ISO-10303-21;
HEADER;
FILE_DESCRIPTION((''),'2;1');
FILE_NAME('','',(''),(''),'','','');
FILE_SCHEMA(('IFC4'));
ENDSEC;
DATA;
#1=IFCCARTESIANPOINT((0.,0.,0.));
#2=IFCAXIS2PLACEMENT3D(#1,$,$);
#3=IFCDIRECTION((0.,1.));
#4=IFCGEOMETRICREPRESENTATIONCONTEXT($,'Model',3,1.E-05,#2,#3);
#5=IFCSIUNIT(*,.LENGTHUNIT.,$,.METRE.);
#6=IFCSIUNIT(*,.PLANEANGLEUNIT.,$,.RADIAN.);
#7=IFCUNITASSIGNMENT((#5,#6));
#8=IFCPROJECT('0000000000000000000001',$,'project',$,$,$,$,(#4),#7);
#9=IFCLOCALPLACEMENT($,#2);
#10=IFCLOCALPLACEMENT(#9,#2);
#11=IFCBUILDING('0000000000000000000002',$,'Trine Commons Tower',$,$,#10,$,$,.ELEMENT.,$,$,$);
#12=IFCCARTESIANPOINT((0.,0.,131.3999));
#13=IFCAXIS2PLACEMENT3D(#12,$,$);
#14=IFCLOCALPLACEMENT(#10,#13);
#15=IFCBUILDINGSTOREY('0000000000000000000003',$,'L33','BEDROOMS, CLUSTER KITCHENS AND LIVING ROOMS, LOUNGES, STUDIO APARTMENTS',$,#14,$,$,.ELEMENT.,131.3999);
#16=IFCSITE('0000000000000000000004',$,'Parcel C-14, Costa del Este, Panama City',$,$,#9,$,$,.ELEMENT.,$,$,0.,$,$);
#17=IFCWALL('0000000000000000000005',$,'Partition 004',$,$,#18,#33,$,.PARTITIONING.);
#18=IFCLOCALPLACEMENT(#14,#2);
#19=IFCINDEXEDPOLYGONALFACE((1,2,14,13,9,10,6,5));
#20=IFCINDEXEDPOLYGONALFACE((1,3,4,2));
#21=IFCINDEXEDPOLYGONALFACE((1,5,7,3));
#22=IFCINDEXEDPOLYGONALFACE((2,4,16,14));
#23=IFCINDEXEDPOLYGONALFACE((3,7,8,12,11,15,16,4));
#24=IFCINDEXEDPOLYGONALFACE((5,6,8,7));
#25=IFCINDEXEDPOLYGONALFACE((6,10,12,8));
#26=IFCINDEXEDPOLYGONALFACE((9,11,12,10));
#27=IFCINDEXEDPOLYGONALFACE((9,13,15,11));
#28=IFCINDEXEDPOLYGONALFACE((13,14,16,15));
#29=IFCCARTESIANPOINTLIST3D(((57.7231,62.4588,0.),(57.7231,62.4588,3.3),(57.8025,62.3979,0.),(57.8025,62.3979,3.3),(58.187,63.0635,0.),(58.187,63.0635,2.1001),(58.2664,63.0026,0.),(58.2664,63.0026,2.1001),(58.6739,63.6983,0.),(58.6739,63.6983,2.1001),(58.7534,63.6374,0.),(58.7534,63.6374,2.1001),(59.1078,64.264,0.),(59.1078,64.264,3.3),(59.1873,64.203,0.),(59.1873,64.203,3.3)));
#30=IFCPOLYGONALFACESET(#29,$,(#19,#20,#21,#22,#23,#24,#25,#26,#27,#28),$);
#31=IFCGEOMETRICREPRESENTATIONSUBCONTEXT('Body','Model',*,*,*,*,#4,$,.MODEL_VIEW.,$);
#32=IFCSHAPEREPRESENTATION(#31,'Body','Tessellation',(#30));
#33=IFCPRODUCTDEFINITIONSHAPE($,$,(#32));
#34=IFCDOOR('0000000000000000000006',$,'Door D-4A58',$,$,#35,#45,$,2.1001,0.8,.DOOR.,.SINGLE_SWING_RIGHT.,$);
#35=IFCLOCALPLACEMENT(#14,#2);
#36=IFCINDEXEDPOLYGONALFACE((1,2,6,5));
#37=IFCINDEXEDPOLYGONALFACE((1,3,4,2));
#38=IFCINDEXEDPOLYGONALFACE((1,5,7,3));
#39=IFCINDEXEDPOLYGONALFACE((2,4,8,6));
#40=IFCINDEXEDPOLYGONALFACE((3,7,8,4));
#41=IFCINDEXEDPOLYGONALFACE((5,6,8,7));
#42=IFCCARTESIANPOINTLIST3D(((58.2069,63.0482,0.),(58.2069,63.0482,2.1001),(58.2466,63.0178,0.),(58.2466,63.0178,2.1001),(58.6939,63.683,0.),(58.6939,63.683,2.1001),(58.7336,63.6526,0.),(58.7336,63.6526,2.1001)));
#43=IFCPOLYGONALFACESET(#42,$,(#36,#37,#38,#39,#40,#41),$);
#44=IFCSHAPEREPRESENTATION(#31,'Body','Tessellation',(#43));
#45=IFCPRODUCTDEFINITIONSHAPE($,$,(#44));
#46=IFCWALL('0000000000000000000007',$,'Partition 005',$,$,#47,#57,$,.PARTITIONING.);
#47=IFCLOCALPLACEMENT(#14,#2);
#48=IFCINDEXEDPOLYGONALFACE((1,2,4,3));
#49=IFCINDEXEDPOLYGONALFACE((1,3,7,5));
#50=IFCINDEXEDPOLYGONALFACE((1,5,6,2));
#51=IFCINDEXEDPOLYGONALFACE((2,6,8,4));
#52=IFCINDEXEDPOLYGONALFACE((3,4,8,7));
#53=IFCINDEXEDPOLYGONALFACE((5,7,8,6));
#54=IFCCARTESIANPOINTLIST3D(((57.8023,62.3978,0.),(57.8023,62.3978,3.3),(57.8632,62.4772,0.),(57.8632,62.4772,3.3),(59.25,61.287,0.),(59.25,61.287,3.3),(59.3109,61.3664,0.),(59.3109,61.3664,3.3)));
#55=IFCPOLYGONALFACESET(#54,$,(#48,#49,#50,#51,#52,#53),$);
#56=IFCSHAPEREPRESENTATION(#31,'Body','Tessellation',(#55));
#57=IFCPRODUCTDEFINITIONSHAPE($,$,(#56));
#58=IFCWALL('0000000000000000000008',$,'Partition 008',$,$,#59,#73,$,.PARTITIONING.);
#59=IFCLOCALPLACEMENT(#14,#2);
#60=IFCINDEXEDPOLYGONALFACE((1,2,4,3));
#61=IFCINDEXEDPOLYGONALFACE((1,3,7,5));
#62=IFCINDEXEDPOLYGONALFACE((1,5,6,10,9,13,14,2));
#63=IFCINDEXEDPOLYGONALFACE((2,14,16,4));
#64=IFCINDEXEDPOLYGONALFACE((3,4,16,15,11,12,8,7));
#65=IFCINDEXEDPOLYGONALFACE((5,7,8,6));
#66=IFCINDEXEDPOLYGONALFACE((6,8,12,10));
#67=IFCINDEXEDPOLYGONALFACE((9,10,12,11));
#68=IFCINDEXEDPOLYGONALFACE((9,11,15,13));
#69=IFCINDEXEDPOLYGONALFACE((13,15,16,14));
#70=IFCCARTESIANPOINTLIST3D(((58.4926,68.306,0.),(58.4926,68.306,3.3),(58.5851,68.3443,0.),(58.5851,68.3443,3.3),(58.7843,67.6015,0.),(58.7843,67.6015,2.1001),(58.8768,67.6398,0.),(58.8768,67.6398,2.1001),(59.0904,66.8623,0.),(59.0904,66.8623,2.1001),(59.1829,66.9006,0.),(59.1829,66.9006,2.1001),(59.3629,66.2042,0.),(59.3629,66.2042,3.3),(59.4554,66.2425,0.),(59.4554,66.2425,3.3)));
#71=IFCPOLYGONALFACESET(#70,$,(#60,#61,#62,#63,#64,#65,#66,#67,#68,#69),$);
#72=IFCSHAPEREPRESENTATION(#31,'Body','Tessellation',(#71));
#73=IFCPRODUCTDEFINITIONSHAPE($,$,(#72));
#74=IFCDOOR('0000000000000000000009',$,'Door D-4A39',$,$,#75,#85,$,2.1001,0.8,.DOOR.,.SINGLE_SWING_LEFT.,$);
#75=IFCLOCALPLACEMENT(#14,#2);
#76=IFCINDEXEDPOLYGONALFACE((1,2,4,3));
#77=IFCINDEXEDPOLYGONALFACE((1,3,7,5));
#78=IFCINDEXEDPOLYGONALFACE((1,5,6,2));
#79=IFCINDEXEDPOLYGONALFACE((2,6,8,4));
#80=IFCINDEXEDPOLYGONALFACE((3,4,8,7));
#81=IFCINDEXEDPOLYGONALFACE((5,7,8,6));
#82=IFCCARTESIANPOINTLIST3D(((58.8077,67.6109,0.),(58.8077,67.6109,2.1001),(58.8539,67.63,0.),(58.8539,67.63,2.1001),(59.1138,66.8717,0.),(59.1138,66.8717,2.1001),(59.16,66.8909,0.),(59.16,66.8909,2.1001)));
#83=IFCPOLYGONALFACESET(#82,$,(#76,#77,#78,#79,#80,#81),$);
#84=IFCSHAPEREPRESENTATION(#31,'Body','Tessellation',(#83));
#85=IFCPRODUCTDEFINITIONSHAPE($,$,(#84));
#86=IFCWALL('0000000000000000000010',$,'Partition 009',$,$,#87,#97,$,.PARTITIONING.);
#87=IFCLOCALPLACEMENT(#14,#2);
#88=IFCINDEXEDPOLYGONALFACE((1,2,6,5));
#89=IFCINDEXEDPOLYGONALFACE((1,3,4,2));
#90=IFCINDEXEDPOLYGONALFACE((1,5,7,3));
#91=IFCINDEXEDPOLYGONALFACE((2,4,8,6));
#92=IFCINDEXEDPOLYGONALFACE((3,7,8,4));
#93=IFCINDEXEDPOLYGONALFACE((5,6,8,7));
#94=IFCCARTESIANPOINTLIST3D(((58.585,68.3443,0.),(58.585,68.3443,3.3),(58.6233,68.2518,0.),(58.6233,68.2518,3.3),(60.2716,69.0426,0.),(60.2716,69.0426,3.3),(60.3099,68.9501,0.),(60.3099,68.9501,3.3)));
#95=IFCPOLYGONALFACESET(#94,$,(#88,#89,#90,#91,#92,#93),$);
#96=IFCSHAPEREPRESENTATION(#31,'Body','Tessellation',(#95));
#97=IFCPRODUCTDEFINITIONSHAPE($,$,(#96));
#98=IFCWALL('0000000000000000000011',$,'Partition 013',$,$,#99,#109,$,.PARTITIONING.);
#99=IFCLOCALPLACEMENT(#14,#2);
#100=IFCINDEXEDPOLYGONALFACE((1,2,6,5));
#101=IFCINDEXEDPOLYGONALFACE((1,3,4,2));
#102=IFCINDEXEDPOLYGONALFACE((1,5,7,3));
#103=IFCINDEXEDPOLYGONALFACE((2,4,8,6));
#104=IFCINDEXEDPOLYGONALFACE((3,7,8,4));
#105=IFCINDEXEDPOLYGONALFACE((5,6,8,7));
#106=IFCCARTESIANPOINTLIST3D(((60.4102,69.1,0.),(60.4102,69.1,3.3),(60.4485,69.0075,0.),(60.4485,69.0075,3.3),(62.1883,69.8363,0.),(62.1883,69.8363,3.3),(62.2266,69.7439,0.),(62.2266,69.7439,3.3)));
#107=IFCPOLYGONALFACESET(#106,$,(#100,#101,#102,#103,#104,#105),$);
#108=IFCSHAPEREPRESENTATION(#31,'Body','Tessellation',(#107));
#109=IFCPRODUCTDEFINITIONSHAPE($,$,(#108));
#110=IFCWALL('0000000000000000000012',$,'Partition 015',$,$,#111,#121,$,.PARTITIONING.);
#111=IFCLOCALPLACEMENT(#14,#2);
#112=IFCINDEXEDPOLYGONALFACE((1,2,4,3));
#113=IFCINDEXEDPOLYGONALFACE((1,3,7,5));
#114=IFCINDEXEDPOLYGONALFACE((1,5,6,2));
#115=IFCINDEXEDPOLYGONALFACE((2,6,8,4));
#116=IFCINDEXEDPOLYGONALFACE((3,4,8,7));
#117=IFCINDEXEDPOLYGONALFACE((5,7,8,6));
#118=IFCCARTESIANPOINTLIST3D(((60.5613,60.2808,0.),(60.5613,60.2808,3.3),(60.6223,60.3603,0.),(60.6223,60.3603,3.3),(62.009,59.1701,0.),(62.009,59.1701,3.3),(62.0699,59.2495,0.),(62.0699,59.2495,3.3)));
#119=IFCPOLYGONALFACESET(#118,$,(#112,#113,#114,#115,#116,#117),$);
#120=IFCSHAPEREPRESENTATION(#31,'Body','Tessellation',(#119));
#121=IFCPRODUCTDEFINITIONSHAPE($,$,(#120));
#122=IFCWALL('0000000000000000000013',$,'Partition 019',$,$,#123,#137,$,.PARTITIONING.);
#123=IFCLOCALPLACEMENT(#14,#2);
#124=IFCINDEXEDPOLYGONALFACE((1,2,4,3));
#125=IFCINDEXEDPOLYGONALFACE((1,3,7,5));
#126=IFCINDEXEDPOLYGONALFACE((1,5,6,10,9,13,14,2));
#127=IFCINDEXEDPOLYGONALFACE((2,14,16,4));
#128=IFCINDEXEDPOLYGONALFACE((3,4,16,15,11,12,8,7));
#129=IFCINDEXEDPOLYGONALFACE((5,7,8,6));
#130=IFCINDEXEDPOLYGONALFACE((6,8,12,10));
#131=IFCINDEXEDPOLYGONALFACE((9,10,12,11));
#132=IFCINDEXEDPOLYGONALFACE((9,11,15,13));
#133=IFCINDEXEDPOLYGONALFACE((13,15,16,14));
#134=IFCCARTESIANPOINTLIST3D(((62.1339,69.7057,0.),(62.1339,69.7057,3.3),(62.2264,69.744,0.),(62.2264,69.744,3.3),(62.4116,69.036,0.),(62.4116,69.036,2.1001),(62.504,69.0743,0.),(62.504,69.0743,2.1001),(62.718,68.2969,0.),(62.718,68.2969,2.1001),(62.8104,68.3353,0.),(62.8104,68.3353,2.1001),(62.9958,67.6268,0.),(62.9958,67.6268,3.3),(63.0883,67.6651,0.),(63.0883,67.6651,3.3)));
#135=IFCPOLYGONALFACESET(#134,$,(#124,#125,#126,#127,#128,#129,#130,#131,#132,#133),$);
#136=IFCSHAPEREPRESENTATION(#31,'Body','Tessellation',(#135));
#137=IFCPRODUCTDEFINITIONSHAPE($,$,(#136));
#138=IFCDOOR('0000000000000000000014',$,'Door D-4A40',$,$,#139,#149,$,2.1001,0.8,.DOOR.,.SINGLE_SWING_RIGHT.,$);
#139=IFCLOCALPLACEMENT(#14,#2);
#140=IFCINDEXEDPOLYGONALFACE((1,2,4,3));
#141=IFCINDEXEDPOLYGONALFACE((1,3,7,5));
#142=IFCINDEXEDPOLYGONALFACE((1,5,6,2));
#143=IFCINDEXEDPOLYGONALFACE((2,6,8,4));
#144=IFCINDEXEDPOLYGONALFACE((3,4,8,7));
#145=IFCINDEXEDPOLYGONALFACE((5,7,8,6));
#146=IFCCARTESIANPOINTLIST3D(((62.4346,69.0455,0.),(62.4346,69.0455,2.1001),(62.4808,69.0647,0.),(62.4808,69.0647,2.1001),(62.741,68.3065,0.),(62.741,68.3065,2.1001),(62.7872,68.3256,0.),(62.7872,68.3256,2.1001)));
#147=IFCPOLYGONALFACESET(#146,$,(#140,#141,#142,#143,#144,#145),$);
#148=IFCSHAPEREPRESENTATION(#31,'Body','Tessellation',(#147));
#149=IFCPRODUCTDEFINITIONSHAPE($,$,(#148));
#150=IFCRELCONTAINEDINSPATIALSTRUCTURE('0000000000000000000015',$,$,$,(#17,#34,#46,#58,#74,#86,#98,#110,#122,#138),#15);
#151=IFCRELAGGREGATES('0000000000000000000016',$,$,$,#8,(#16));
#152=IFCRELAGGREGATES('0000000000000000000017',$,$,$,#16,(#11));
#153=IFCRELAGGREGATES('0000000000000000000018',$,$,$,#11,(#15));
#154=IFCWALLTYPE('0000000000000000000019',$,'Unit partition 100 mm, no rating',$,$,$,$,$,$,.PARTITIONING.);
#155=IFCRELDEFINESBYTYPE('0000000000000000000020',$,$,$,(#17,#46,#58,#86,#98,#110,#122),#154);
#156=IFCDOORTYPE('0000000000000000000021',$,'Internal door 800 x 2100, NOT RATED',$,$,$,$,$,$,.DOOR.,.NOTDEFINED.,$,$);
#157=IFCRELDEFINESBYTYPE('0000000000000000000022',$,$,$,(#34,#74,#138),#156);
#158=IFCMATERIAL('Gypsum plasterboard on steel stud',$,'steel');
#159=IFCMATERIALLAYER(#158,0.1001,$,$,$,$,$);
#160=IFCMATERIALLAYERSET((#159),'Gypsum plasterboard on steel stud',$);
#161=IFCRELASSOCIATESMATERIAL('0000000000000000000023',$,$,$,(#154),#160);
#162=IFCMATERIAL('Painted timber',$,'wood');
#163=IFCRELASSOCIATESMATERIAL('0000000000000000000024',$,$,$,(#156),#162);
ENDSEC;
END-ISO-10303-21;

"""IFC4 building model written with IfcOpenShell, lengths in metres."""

from ifc_helpers import new_model, si_unit, direction, frame, frame_2d, origin, place, context, subcontext, project, spatial, rectangle, extrude, material, layer, layer_set, type_object, element, fill, save


model = new_model("IFC4")

# Units and contexts
model_context = context("Model", 3, precision=1e-05, world=origin(), true_north=direction((0.0, 1.0)))
body_context = subcontext(model_context, "Body", "Model", "MODEL_VIEW")
ifc_project = project(units=[si_unit("LENGTHUNIT", "METRE"), si_unit("PLANEANGLEUNIT", "RADIAN")], contexts=[model_context])

# Site, building, storey
site_placement = place(None, origin())
site = spatial("IfcSite", under=ifc_project, at=site_placement, Name="Parcel C-14, Costa del Este, Panama City", CompositionType="ELEMENT", RefElevation=0.0)
building_placement = place(site_placement, origin())
building = spatial("IfcBuilding", under=site, at=building_placement, Name="Trine Commons Tower", CompositionType="ELEMENT")
storey_placement = place(building_placement, frame((0.0, 0.0, 131.3999)))
storey = spatial("IfcBuildingStorey", under=building, at=storey_placement, Name="L33", Description="BEDROOMS, CLUSTER KITCHENS AND LIVING ROOMS, LOUNGES, STUDIO APARTMENTS", CompositionType="ELEMENT", Elevation=131.3999)

# Shared definitions
ifc_material_1 = material(Name="Gypsum plasterboard on steel stud", Category="steel")

# Shared definitions
ifc_material_2 = material(Name="Painted timber", Category="wood")

# Wall, opening, door
ifc_layer_1 = layer(ifc_material_1, 0.1001)
ifc_layer_set_1 = layer_set([ifc_layer_1], Name="Gypsum plasterboard on steel stud")
wall_type_1 = type_object("IfcWallType", Name="Unit partition 100 mm, no rating", PredefinedType="PARTITIONING", material=ifc_layer_set_1)
wall_1_placement = place(storey_placement, frame((57.7627, 62.4282, 0.0), z_axis=(0.0, 0.0, 1.0), x_axis=(0.608652, 0.793437, 0.0)))
wall_1 = element("IfcWall", 1, at=wall_1_placement, inside=storey, type_object=wall_type_1, Name="Partition 004", PredefinedType="PARTITIONING", context=body_context, shape_type="SweptSolid", body=[
    extrude(rectangle(XDim=2.2751, YDim=0.1001, at=frame_2d((1.1377, 0.0))), origin(), (0.0, 0.0, 1.0), 3.3),
])
opening_1_placement = place(wall_1_placement, frame((0.7625, 0.0, 0.0)))
opening_1 = element("IfcOpeningElement", 2, at=opening_1_placement, cuts=wall_1, PredefinedType="OPENING", context=body_context, shape_type="SweptSolid", body=[
    extrude(rectangle(XDim=0.8, YDim=2.1001, at=frame_2d((0.3999, 1.05))), frame((0.0, 0.0601, 0.0), z_axis=(0.0, -1.0, 0.0), x_axis=(1.0, 0.0, 0.0)), (0.0, 0.0, 1.0), 0.1201),
])
door_type_1 = type_object("IfcDoorType", Name="Internal door 800 x 2100, NOT RATED", OperationType="NOTDEFINED", PredefinedType="DOOR", material=ifc_material_2)
door_1_placement = place(opening_1_placement, origin())
door_1 = element("IfcDoor", 3, at=door_1_placement, inside=storey, type_object=door_type_1, Name="Door D-4A58", OperationType="SINGLE_SWING_RIGHT", OverallHeight=2.1001, OverallWidth=0.8, PredefinedType="DOOR", context=body_context, shape_type="SweptSolid", body=[
    extrude(rectangle(XDim=0.8, YDim=2.1001, at=frame_2d((0.3999, 1.05))), frame((0.0, 0.0249, 0.0), z_axis=(0.0, -1.0, 0.0), x_axis=(1.0, 0.0, 0.0)), (0.0, 0.0, 1.0), 0.05),
])
fill(opening_1, door_1)

# Wall
wall_2_placement = place(storey_placement, frame((57.8328, 62.4375, 0.0), z_axis=(0.0, 0.0, 1.0), x_axis=(0.793369, -0.60874, 0.0)))
element("IfcWall", 4, at=wall_2_placement, inside=storey, type_object=wall_type_1, Name="Partition 005", PredefinedType="PARTITIONING", context=body_context, shape_type="SweptSolid", body=[
    extrude(rectangle(XDim=1.8247, YDim=0.1001, at=frame_2d((0.9124, 0.0))), origin(), (0.0, 0.0, 1.0), 3.3),
])

# Wall, opening, door
wall_3_placement = place(storey_placement, frame((58.5388, 68.3252, 0.0), z_axis=(0.0, 0.0, 1.0), x_axis=(0.382595, -0.923916, 0.0)))
wall_3 = element("IfcWall", 5, at=wall_3_placement, inside=storey, type_object=wall_type_1, Name="Partition 008", PredefinedType="PARTITIONING", context=body_context, shape_type="SweptSolid", body=[
    extrude(rectangle(XDim=2.2749, YDim=0.1001, at=frame_2d((1.1375, 0.0))), origin(), (0.0, 0.0, 1.0), 3.3),
])
opening_2_placement = place(wall_3_placement, frame((0.7627, 0.0, 0.0)))
opening_2 = element("IfcOpeningElement", 6, at=opening_2_placement, cuts=wall_3, PredefinedType="OPENING", context=body_context, shape_type="SweptSolid", body=[
    extrude(rectangle(XDim=0.8, YDim=2.1001, at=frame_2d((0.3999, 1.05))), frame((0.0, 0.0601, 0.0), z_axis=(0.0, -1.0, 0.0), x_axis=(1.0, 0.0, 0.0)), (0.0, 0.0, 1.0), 0.1201),
])
door_2_placement = place(opening_2_placement, frame((0.8, 0.0, 0.0), z_axis=(0.0, 0.0, 1.0), x_axis=(-1.0, 0.0, 0.0)))
door_2 = element("IfcDoor", 7, at=door_2_placement, inside=storey, type_object=door_type_1, Name="Door D-4A39", OperationType="SINGLE_SWING_LEFT", OverallHeight=2.1001, OverallWidth=0.8, PredefinedType="DOOR", context=body_context, shape_type="SweptSolid", body=[
    extrude(rectangle(XDim=0.8, YDim=2.1001, at=frame_2d((0.3999, 1.05))), frame((0.0, 0.0249, 0.0), z_axis=(0.0, -1.0, 0.0), x_axis=(1.0, 0.0, 0.0)), (0.0, 0.0, 1.0), 0.05),
])
fill(opening_2, door_2)

# Walls
wall_4_placement = place(storey_placement, frame((58.6042, 68.2981, 0.0), z_axis=(0.0, 0.0, 1.0), x_axis=(0.923945, 0.382525, 0.0)))
element("IfcWall", 8, at=wall_4_placement, inside=storey, type_object=wall_type_1, Name="Partition 009", PredefinedType="PARTITIONING", context=body_context, shape_type="SweptSolid", body=[
    extrude(rectangle(XDim=1.8254, YDim=0.1001, at=frame_2d((0.9126, 0.0))), origin(), (0.0, 0.0, 1.0), 3.3),
])
wall_5_placement = place(storey_placement, frame((60.4292, 69.0537, 0.0), z_axis=(0.0, 0.0, 1.0), x_axis=(0.923912, 0.382606, 0.0)))
element("IfcWall", 9, at=wall_5_placement, inside=storey, type_object=wall_type_1, Name="Partition 013", PredefinedType="PARTITIONING", context=body_context, shape_type="SweptSolid", body=[
    extrude(rectangle(XDim=1.9246, YDim=0.1001, at=frame_2d((0.9624, 0.0))), origin(), (0.0, 0.0, 1.0), 3.3),
])
wall_6_placement = place(storey_placement, frame((60.5918, 60.3206, 0.0), z_axis=(0.0, 0.0, 1.0), x_axis=(0.793369, -0.60874, 0.0)))
element("IfcWall", 10, at=wall_6_placement, inside=storey, type_object=wall_type_1, Name="Partition 015", PredefinedType="PARTITIONING", context=body_context, shape_type="SweptSolid", body=[
    extrude(rectangle(XDim=1.8247, YDim=0.1001, at=frame_2d((0.9124, 0.0))), origin(), (0.0, 0.0, 1.0), 3.3),
])

# Wall, opening, door
wall_7_placement = place(storey_placement, frame((62.1802, 69.7249, 0.0), z_axis=(0.0, 0.0, 1.0), x_axis=(0.382959, -0.923766, 0.0)))
wall_7 = element("IfcWall", 11, at=wall_7_placement, inside=storey, type_object=wall_type_1, Name="Partition 019", PredefinedType="PARTITIONING", context=body_context, shape_type="SweptSolid", body=[
    extrude(rectangle(XDim=2.2505, YDim=0.1001, at=frame_2d((1.1252, 0.0))), origin(), (0.0, 0.0, 1.0), 3.3),
])
opening_3_placement = place(wall_7_placement, frame((0.7251, 0.0, 0.0)))
opening_3 = element("IfcOpeningElement", 12, at=opening_3_placement, cuts=wall_7, PredefinedType="OPENING", context=body_context, shape_type="SweptSolid", body=[
    extrude(rectangle(XDim=0.8, YDim=2.1001, at=frame_2d((0.3999, 1.05))), frame((0.0, 0.0601, 0.0), z_axis=(0.0, -1.0, 0.0), x_axis=(1.0, 0.0, 0.0)), (0.0, 0.0, 1.0), 0.1201),
])
door_3_placement = place(opening_3_placement, origin())
door_3 = element("IfcDoor", 13, at=door_3_placement, inside=storey, type_object=door_type_1, Name="Door D-4A40", OperationType="SINGLE_SWING_RIGHT", OverallHeight=2.1001, OverallWidth=0.8, PredefinedType="DOOR", context=body_context, shape_type="SweptSolid", body=[
    extrude(rectangle(XDim=0.8, YDim=2.1001, at=frame_2d((0.3999, 1.05))), frame((0.0, 0.0249, 0.0), z_axis=(0.0, -1.0, 0.0), x_axis=(1.0, 0.0, 0.0)), (0.0, 0.0, 1.0), 0.05),
])
fill(opening_3, door_3)

save(model, "model.ifc")
